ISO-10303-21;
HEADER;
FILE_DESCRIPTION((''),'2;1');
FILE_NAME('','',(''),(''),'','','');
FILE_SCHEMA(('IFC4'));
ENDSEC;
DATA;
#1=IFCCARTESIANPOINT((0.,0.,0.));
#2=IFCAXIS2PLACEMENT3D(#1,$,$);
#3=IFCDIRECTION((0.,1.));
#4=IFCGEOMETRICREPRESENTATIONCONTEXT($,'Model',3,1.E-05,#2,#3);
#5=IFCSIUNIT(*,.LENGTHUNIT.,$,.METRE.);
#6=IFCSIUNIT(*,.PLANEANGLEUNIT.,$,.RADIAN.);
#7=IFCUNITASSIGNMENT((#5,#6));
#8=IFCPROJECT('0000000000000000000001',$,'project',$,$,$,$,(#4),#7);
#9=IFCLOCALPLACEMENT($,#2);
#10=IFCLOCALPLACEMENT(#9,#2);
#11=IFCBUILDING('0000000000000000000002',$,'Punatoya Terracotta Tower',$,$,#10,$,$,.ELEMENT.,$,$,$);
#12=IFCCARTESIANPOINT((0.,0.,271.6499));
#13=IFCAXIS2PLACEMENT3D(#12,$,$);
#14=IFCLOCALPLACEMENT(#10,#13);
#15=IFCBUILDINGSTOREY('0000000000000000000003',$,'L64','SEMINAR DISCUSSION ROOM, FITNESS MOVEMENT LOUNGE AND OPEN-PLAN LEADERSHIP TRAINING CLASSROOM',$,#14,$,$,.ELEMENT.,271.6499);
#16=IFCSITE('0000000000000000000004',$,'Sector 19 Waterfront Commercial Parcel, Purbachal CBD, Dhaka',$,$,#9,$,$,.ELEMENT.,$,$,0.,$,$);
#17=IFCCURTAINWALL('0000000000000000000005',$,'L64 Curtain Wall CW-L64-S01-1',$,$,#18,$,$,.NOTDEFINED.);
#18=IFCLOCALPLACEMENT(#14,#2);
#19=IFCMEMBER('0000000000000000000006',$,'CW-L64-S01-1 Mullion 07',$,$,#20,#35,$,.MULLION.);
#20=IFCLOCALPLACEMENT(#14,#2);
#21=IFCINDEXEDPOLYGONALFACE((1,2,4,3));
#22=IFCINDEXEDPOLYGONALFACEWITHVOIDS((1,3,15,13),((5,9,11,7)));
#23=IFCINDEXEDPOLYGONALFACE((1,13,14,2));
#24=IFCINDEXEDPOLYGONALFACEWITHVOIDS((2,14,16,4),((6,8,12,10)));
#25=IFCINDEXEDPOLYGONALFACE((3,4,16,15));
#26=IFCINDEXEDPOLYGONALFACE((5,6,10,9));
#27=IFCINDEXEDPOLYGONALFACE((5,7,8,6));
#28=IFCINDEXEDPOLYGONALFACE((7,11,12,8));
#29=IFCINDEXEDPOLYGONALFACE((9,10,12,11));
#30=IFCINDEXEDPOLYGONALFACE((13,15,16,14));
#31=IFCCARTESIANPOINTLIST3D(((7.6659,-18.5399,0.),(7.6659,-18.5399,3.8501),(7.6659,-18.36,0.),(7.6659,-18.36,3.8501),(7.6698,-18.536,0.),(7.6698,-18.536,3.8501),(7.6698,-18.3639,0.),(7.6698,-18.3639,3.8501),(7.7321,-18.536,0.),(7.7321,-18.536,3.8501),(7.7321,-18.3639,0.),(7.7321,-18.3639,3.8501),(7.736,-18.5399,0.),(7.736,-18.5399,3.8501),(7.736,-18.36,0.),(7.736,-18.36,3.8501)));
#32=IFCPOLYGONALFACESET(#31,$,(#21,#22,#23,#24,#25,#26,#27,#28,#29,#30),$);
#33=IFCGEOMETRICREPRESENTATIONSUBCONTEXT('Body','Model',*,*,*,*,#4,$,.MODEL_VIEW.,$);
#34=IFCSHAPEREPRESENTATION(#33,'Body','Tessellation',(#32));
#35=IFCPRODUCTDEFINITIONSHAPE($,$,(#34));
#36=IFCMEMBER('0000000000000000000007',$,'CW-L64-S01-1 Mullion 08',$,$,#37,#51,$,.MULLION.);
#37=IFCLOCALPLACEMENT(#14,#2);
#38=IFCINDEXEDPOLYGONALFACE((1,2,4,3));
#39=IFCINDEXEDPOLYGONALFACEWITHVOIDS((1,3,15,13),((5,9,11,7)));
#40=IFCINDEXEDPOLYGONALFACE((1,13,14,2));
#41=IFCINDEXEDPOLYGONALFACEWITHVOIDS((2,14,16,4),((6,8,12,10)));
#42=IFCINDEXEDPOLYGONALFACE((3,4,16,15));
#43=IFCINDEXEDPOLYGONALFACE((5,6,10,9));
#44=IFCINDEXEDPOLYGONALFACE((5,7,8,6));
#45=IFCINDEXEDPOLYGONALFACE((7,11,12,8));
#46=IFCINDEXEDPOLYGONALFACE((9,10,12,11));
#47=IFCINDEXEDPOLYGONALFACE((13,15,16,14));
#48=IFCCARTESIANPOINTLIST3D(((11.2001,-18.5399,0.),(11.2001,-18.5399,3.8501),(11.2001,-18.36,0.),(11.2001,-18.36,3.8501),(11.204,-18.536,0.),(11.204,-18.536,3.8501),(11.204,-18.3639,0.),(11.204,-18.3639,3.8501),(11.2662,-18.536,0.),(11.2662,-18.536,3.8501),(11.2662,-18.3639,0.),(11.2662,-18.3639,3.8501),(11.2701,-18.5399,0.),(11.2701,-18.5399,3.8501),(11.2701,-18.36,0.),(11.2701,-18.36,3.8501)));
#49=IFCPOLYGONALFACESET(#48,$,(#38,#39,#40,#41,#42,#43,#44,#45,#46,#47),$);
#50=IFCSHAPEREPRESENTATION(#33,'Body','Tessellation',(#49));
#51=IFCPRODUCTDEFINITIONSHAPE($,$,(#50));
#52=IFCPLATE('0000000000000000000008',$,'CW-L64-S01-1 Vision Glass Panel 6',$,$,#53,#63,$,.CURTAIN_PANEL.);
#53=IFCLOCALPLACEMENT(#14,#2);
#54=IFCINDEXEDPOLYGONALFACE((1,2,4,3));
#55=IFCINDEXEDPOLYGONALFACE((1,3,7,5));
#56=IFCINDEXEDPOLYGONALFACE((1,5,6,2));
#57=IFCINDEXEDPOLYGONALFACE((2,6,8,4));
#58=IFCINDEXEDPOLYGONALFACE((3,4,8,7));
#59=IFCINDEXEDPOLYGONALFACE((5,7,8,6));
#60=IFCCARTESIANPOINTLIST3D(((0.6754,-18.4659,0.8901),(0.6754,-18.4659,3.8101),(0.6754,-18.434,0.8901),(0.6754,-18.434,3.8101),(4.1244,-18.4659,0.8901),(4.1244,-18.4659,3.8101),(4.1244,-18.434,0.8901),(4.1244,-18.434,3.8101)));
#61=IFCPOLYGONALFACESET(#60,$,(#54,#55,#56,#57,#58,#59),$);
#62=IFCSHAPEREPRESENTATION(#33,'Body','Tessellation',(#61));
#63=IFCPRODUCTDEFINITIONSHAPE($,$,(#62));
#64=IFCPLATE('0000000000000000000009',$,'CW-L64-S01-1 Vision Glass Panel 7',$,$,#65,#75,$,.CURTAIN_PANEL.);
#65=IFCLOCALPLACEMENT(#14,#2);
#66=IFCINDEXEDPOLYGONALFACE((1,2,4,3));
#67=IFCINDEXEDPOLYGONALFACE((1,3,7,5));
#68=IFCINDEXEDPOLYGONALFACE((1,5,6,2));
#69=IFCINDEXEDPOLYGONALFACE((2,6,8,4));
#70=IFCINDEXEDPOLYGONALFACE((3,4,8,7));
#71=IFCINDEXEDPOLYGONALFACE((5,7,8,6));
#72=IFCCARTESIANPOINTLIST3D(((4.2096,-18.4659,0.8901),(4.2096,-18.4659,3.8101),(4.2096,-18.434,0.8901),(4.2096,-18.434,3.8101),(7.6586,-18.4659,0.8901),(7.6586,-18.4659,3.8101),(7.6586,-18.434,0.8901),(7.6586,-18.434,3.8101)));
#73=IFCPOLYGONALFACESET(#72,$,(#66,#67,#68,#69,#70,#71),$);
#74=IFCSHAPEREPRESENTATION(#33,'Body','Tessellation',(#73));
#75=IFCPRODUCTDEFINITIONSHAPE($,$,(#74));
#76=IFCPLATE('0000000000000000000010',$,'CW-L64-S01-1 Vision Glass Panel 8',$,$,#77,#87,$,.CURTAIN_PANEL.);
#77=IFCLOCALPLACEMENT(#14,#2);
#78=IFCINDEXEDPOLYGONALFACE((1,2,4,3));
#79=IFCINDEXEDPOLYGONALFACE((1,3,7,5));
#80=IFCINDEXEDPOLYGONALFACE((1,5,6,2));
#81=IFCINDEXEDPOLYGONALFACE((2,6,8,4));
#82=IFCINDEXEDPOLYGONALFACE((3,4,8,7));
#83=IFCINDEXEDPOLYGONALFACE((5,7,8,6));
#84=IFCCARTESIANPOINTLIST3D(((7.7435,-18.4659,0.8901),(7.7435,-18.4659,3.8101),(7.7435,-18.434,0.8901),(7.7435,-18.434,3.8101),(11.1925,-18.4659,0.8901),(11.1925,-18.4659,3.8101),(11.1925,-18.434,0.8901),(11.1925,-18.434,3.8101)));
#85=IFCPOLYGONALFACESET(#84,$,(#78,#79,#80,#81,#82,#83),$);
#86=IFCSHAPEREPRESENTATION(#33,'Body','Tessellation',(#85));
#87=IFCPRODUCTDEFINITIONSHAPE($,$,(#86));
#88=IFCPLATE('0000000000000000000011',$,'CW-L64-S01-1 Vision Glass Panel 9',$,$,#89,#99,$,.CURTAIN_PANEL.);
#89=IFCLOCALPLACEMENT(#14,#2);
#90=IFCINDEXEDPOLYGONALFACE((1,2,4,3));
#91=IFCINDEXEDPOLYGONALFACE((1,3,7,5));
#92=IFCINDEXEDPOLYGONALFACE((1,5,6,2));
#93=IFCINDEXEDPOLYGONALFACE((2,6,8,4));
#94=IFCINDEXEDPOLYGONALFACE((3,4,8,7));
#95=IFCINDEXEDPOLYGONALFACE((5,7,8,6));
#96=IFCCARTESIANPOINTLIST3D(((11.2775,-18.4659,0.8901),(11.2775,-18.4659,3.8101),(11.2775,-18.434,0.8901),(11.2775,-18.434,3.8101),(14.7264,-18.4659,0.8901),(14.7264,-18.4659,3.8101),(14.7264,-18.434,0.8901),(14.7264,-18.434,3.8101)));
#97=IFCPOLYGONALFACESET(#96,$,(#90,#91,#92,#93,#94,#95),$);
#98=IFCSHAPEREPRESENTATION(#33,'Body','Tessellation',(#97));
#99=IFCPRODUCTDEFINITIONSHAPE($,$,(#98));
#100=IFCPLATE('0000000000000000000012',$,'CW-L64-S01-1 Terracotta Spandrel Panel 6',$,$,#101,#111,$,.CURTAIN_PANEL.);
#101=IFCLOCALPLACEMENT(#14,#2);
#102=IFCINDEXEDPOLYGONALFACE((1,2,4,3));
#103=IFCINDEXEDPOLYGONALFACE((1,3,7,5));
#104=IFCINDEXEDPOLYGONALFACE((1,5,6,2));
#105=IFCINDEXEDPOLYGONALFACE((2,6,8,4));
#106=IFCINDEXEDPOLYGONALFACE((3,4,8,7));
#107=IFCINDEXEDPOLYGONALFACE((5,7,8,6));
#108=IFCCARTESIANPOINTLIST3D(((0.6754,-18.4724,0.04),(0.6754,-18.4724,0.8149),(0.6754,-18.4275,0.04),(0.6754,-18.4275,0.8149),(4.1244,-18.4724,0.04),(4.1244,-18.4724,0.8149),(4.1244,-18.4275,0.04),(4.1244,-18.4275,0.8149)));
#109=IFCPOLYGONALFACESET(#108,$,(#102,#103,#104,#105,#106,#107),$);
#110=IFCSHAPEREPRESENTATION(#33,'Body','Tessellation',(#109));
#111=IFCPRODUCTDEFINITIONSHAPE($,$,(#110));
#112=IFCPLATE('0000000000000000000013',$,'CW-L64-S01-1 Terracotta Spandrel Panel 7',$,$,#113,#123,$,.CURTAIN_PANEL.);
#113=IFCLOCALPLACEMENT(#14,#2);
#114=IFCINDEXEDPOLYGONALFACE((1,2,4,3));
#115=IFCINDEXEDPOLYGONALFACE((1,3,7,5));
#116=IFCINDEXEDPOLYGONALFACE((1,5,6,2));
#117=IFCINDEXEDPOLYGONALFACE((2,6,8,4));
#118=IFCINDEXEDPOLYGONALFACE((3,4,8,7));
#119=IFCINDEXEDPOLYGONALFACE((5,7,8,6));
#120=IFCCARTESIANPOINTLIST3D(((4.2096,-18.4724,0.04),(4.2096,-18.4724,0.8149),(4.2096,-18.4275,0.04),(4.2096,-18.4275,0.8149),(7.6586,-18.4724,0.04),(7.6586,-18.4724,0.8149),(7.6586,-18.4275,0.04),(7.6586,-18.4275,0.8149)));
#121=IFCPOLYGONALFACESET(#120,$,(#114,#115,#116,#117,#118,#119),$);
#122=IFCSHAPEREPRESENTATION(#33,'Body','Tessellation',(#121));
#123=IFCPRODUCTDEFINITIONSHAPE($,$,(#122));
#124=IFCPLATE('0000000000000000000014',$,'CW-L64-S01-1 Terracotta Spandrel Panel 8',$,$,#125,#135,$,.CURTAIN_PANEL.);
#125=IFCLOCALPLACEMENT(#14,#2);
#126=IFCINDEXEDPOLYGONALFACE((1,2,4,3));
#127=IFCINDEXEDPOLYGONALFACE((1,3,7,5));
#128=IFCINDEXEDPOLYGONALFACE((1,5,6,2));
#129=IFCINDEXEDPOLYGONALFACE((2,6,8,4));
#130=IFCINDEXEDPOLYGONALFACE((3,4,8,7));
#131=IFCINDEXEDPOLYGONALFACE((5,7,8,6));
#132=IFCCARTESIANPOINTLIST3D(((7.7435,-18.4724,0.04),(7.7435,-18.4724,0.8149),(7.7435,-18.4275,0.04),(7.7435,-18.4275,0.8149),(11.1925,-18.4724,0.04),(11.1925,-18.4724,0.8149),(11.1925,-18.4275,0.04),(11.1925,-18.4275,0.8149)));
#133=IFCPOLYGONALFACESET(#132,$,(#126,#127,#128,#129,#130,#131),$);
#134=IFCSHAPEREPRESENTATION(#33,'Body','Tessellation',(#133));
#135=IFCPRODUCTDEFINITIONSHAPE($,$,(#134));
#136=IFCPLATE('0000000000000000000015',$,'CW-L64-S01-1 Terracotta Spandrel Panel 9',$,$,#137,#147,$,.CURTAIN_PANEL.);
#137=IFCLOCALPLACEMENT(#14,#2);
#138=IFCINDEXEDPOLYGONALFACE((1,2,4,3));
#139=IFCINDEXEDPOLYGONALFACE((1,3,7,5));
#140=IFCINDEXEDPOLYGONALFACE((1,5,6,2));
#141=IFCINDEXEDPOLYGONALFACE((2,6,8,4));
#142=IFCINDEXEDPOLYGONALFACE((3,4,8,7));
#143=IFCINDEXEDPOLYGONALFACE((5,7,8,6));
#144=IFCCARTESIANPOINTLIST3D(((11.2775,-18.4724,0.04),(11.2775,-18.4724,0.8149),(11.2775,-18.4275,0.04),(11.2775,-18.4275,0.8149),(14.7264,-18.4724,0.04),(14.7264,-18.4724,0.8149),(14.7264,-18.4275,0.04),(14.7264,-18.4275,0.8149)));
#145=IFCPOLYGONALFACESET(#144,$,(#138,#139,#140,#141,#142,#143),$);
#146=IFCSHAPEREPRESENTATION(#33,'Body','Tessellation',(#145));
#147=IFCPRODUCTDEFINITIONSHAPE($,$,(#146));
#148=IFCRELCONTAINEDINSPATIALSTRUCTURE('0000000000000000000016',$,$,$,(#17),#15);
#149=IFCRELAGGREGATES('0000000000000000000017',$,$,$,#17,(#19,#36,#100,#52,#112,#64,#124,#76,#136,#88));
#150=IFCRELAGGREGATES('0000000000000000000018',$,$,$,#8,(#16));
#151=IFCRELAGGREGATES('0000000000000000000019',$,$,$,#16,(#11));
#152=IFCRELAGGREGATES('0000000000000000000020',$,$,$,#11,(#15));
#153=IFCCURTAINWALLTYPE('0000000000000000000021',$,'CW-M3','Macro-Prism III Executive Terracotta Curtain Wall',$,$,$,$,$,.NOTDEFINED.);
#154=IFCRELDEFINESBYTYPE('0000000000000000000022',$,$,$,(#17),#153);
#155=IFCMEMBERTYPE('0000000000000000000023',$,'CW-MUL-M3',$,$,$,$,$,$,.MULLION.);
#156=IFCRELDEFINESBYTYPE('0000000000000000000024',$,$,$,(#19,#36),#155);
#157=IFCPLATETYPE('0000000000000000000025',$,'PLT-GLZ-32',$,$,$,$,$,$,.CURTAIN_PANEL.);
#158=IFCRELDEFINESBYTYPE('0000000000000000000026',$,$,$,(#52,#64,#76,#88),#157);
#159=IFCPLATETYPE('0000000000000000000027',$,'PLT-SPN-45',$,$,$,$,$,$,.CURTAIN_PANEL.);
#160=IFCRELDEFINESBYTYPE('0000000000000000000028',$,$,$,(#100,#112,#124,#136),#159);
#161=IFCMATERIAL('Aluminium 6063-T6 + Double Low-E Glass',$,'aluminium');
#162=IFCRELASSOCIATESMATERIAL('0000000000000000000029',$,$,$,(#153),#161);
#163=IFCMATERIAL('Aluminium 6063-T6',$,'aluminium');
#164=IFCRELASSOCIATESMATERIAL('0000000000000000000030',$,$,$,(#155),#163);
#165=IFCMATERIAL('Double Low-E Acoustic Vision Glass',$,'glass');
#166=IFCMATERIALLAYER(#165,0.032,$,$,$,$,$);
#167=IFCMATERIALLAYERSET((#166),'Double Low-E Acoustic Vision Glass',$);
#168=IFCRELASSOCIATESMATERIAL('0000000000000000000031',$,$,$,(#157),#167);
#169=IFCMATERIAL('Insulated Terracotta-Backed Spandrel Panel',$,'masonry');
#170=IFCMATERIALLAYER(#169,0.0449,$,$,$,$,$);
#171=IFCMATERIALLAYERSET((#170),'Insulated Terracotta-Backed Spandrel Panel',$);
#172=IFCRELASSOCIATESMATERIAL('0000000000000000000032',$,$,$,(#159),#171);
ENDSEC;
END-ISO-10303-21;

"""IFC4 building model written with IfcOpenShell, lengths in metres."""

from ifc_helpers import new_model, si_unit, direction, frame, origin, origin_2d, place, context, subcontext, project, spatial, rectangle, hollow_rectangle, extrude, material, layer, layer_set, material_profile, profile_set, type_object, element, aggregate, save


model = new_model("IFC4")

# Units and contexts
model_context = context("Model", 3, precision=1e-05, world=origin(), true_north=direction((0.0, 1.0)))
body_context = subcontext(model_context, "Body", "Model", "MODEL_VIEW")
ifc_project = project(units=[si_unit("LENGTHUNIT", "METRE"), si_unit("PLANEANGLEUNIT", "RADIAN")], contexts=[model_context])

# Site, building, storey
site_placement = place(None, origin())
site = spatial("IfcSite", under=ifc_project, at=site_placement, Name="Sector 19 Waterfront Commercial Parcel, Purbachal CBD, Dhaka", CompositionType="ELEMENT", RefElevation=0.0)
building_placement = place(site_placement, origin())
building = spatial("IfcBuilding", under=site, at=building_placement, Name="Punatoya Terracotta Tower", CompositionType="ELEMENT")
storey_placement = place(building_placement, frame((0.0, 0.0, 271.6499)))
storey = spatial("IfcBuildingStorey", under=building, at=storey_placement, Name="L64", Description="SEMINAR DISCUSSION ROOM, FITNESS MOVEMENT LOUNGE AND OPEN-PLAN LEADERSHIP TRAINING CLASSROOM", CompositionType="ELEMENT", Elevation=271.6499)

# Curtain wall, members, plates
ifc_material_1 = material(Name="Aluminium 6063-T6 + Double Low-E Glass", Category="aluminium")
curtain_wall_type = type_object("IfcCurtainWallType", Name="CW-M3", Description="Macro-Prism III Executive Terracotta Curtain Wall", PredefinedType="NOTDEFINED", material=ifc_material_1)
curtain_wall_placement = place(storey_placement, origin())
curtain_wall = element("IfcCurtainWall", 1, at=curtain_wall_placement, inside=storey, type_object=curtain_wall_type, Name="L64 Curtain Wall CW-L64-S01-1", PredefinedType="NOTDEFINED")
ifc_material_2 = material(Name="Aluminium 6063-T6", Category="aluminium")
ifc_material_profile_1 = material_profile(ifc_material_2, hollow_rectangle(XDim=0.0701, YDim=0.1799, WallThickness=0.0039, at=origin_2d()))
ifc_profile_set_1 = profile_set([ifc_material_profile_1], Name="Aluminium 6063-T6")
member_type = type_object("IfcMemberType", Name="CW-MUL-M3", PredefinedType="MULLION", material=ifc_profile_set_1)
member_1_placement = place(storey_placement, frame((7.7009, -18.45, 0.0), z_axis=(0.0, 0.0, 1.0), x_axis=(1.0, 0.0, 0.0)))
member_1 = element("IfcMember", 2, at=member_1_placement, type_object=member_type, Name="CW-L64-S01-1 Mullion 07", PredefinedType="MULLION", context=body_context, shape_type="SweptSolid", body=[
    extrude(hollow_rectangle(XDim=0.0701, YDim=0.1799, WallThickness=0.0039, at=origin_2d()), origin(), (0.0, 0.0, 1.0), 3.8501),
])
member_2_placement = place(storey_placement, frame((11.2351, -18.45, 0.0), z_axis=(0.0, 0.0, 1.0), x_axis=(1.0, 0.0, 0.0)))
member_2 = element("IfcMember", 3, at=member_2_placement, type_object=member_type, Name="CW-L64-S01-1 Mullion 08", PredefinedType="MULLION", context=body_context, shape_type="SweptSolid", body=[
    extrude(hollow_rectangle(XDim=0.0701, YDim=0.1799, WallThickness=0.0039, at=origin_2d()), origin(), (0.0, 0.0, 1.0), 3.8501),
])
ifc_material_3 = material(Name="Double Low-E Acoustic Vision Glass", Category="glass")
ifc_layer_1 = layer(ifc_material_3, 0.032)
ifc_layer_set_1 = layer_set([ifc_layer_1], Name="Double Low-E Acoustic Vision Glass")
plate_type_1 = type_object("IfcPlateType", Name="PLT-GLZ-32", PredefinedType="CURTAIN_PANEL", material=ifc_layer_set_1)
plate_1_placement = place(storey_placement, frame((2.3999, -18.45, 0.8901), z_axis=(0.0, 0.0, 1.0), x_axis=(1.0, 0.0, 0.0)))
plate_1 = element("IfcPlate", 4, at=plate_1_placement, type_object=plate_type_1, Name="CW-L64-S01-1 Vision Glass Panel 6", PredefinedType="CURTAIN_PANEL", context=body_context, shape_type="SweptSolid", body=[
    extrude(rectangle(XDim=3.449, YDim=0.032, at=origin_2d()), origin(), (0.0, 0.0, 1.0), 2.9199),
])
plate_2_placement = place(storey_placement, frame((5.9341, -18.45, 0.8901), z_axis=(0.0, 0.0, 1.0), x_axis=(1.0, 0.0, 0.0)))
plate_2 = element("IfcPlate", 5, at=plate_2_placement, type_object=plate_type_1, Name="CW-L64-S01-1 Vision Glass Panel 7", PredefinedType="CURTAIN_PANEL", context=body_context, shape_type="SweptSolid", body=[
    extrude(rectangle(XDim=3.449, YDim=0.032, at=origin_2d()), origin(), (0.0, 0.0, 1.0), 2.9199),
])
plate_3_placement = place(storey_placement, frame((9.468, -18.45, 0.8901), z_axis=(0.0, 0.0, 1.0), x_axis=(1.0, 0.0, 0.0)))
plate_3 = element("IfcPlate", 6, at=plate_3_placement, type_object=plate_type_1, Name="CW-L64-S01-1 Vision Glass Panel 8", PredefinedType="CURTAIN_PANEL", context=body_context, shape_type="SweptSolid", body=[
    extrude(rectangle(XDim=3.449, YDim=0.032, at=origin_2d()), origin(), (0.0, 0.0, 1.0), 2.9199),
])
plate_4_placement = place(storey_placement, frame((13.002, -18.45, 0.8901), z_axis=(0.0, 0.0, 1.0), x_axis=(1.0, 0.0, 0.0)))
plate_4 = element("IfcPlate", 7, at=plate_4_placement, type_object=plate_type_1, Name="CW-L64-S01-1 Vision Glass Panel 9", PredefinedType="CURTAIN_PANEL", context=body_context, shape_type="SweptSolid", body=[
    extrude(rectangle(XDim=3.449, YDim=0.032, at=origin_2d()), origin(), (0.0, 0.0, 1.0), 2.9199),
])
ifc_material_4 = material(Name="Insulated Terracotta-Backed Spandrel Panel", Category="masonry")
ifc_layer_2 = layer(ifc_material_4, 0.0449)
ifc_layer_set_2 = layer_set([ifc_layer_2], Name="Insulated Terracotta-Backed Spandrel Panel")
plate_type_2 = type_object("IfcPlateType", Name="PLT-SPN-45", PredefinedType="CURTAIN_PANEL", material=ifc_layer_set_2)
plate_5_placement = place(storey_placement, frame((2.3999, -18.45, 0.04), z_axis=(0.0, 0.0, 1.0), x_axis=(1.0, 0.0, 0.0)))
plate_5 = element("IfcPlate", 8, at=plate_5_placement, type_object=plate_type_2, Name="CW-L64-S01-1 Terracotta Spandrel Panel 6", PredefinedType="CURTAIN_PANEL", context=body_context, shape_type="SweptSolid", body=[
    extrude(rectangle(XDim=3.449, YDim=0.0449, at=origin_2d()), origin(), (0.0, 0.0, 1.0), 0.7749),
])
plate_6_placement = place(storey_placement, frame((5.9341, -18.45, 0.04), z_axis=(0.0, 0.0, 1.0), x_axis=(1.0, 0.0, 0.0)))
plate_6 = element("IfcPlate", 9, at=plate_6_placement, type_object=plate_type_2, Name="CW-L64-S01-1 Terracotta Spandrel Panel 7", PredefinedType="CURTAIN_PANEL", context=body_context, shape_type="SweptSolid", body=[
    extrude(rectangle(XDim=3.449, YDim=0.0449, at=origin_2d()), origin(), (0.0, 0.0, 1.0), 0.7749),
])
plate_7_placement = place(storey_placement, frame((9.468, -18.45, 0.04), z_axis=(0.0, 0.0, 1.0), x_axis=(1.0, 0.0, 0.0)))
plate_7 = element("IfcPlate", 10, at=plate_7_placement, type_object=plate_type_2, Name="CW-L64-S01-1 Terracotta Spandrel Panel 8", PredefinedType="CURTAIN_PANEL", context=body_context, shape_type="SweptSolid", body=[
    extrude(rectangle(XDim=3.449, YDim=0.0449, at=origin_2d()), origin(), (0.0, 0.0, 1.0), 0.7749),
])
plate_8_placement = place(storey_placement, frame((13.002, -18.45, 0.04), z_axis=(0.0, 0.0, 1.0), x_axis=(1.0, 0.0, 0.0)))
plate_8 = element("IfcPlate", 11, at=plate_8_placement, type_object=plate_type_2, Name="CW-L64-S01-1 Terracotta Spandrel Panel 9", PredefinedType="CURTAIN_PANEL", context=body_context, shape_type="SweptSolid", body=[
    extrude(rectangle(XDim=3.449, YDim=0.0449, at=origin_2d()), origin(), (0.0, 0.0, 1.0), 0.7749),
])
aggregate(curtain_wall, [member_1, member_2, plate_5, plate_1, plate_6, plate_2, plate_7, plate_3, plate_8, plate_4])

save(model, "model.ifc")
